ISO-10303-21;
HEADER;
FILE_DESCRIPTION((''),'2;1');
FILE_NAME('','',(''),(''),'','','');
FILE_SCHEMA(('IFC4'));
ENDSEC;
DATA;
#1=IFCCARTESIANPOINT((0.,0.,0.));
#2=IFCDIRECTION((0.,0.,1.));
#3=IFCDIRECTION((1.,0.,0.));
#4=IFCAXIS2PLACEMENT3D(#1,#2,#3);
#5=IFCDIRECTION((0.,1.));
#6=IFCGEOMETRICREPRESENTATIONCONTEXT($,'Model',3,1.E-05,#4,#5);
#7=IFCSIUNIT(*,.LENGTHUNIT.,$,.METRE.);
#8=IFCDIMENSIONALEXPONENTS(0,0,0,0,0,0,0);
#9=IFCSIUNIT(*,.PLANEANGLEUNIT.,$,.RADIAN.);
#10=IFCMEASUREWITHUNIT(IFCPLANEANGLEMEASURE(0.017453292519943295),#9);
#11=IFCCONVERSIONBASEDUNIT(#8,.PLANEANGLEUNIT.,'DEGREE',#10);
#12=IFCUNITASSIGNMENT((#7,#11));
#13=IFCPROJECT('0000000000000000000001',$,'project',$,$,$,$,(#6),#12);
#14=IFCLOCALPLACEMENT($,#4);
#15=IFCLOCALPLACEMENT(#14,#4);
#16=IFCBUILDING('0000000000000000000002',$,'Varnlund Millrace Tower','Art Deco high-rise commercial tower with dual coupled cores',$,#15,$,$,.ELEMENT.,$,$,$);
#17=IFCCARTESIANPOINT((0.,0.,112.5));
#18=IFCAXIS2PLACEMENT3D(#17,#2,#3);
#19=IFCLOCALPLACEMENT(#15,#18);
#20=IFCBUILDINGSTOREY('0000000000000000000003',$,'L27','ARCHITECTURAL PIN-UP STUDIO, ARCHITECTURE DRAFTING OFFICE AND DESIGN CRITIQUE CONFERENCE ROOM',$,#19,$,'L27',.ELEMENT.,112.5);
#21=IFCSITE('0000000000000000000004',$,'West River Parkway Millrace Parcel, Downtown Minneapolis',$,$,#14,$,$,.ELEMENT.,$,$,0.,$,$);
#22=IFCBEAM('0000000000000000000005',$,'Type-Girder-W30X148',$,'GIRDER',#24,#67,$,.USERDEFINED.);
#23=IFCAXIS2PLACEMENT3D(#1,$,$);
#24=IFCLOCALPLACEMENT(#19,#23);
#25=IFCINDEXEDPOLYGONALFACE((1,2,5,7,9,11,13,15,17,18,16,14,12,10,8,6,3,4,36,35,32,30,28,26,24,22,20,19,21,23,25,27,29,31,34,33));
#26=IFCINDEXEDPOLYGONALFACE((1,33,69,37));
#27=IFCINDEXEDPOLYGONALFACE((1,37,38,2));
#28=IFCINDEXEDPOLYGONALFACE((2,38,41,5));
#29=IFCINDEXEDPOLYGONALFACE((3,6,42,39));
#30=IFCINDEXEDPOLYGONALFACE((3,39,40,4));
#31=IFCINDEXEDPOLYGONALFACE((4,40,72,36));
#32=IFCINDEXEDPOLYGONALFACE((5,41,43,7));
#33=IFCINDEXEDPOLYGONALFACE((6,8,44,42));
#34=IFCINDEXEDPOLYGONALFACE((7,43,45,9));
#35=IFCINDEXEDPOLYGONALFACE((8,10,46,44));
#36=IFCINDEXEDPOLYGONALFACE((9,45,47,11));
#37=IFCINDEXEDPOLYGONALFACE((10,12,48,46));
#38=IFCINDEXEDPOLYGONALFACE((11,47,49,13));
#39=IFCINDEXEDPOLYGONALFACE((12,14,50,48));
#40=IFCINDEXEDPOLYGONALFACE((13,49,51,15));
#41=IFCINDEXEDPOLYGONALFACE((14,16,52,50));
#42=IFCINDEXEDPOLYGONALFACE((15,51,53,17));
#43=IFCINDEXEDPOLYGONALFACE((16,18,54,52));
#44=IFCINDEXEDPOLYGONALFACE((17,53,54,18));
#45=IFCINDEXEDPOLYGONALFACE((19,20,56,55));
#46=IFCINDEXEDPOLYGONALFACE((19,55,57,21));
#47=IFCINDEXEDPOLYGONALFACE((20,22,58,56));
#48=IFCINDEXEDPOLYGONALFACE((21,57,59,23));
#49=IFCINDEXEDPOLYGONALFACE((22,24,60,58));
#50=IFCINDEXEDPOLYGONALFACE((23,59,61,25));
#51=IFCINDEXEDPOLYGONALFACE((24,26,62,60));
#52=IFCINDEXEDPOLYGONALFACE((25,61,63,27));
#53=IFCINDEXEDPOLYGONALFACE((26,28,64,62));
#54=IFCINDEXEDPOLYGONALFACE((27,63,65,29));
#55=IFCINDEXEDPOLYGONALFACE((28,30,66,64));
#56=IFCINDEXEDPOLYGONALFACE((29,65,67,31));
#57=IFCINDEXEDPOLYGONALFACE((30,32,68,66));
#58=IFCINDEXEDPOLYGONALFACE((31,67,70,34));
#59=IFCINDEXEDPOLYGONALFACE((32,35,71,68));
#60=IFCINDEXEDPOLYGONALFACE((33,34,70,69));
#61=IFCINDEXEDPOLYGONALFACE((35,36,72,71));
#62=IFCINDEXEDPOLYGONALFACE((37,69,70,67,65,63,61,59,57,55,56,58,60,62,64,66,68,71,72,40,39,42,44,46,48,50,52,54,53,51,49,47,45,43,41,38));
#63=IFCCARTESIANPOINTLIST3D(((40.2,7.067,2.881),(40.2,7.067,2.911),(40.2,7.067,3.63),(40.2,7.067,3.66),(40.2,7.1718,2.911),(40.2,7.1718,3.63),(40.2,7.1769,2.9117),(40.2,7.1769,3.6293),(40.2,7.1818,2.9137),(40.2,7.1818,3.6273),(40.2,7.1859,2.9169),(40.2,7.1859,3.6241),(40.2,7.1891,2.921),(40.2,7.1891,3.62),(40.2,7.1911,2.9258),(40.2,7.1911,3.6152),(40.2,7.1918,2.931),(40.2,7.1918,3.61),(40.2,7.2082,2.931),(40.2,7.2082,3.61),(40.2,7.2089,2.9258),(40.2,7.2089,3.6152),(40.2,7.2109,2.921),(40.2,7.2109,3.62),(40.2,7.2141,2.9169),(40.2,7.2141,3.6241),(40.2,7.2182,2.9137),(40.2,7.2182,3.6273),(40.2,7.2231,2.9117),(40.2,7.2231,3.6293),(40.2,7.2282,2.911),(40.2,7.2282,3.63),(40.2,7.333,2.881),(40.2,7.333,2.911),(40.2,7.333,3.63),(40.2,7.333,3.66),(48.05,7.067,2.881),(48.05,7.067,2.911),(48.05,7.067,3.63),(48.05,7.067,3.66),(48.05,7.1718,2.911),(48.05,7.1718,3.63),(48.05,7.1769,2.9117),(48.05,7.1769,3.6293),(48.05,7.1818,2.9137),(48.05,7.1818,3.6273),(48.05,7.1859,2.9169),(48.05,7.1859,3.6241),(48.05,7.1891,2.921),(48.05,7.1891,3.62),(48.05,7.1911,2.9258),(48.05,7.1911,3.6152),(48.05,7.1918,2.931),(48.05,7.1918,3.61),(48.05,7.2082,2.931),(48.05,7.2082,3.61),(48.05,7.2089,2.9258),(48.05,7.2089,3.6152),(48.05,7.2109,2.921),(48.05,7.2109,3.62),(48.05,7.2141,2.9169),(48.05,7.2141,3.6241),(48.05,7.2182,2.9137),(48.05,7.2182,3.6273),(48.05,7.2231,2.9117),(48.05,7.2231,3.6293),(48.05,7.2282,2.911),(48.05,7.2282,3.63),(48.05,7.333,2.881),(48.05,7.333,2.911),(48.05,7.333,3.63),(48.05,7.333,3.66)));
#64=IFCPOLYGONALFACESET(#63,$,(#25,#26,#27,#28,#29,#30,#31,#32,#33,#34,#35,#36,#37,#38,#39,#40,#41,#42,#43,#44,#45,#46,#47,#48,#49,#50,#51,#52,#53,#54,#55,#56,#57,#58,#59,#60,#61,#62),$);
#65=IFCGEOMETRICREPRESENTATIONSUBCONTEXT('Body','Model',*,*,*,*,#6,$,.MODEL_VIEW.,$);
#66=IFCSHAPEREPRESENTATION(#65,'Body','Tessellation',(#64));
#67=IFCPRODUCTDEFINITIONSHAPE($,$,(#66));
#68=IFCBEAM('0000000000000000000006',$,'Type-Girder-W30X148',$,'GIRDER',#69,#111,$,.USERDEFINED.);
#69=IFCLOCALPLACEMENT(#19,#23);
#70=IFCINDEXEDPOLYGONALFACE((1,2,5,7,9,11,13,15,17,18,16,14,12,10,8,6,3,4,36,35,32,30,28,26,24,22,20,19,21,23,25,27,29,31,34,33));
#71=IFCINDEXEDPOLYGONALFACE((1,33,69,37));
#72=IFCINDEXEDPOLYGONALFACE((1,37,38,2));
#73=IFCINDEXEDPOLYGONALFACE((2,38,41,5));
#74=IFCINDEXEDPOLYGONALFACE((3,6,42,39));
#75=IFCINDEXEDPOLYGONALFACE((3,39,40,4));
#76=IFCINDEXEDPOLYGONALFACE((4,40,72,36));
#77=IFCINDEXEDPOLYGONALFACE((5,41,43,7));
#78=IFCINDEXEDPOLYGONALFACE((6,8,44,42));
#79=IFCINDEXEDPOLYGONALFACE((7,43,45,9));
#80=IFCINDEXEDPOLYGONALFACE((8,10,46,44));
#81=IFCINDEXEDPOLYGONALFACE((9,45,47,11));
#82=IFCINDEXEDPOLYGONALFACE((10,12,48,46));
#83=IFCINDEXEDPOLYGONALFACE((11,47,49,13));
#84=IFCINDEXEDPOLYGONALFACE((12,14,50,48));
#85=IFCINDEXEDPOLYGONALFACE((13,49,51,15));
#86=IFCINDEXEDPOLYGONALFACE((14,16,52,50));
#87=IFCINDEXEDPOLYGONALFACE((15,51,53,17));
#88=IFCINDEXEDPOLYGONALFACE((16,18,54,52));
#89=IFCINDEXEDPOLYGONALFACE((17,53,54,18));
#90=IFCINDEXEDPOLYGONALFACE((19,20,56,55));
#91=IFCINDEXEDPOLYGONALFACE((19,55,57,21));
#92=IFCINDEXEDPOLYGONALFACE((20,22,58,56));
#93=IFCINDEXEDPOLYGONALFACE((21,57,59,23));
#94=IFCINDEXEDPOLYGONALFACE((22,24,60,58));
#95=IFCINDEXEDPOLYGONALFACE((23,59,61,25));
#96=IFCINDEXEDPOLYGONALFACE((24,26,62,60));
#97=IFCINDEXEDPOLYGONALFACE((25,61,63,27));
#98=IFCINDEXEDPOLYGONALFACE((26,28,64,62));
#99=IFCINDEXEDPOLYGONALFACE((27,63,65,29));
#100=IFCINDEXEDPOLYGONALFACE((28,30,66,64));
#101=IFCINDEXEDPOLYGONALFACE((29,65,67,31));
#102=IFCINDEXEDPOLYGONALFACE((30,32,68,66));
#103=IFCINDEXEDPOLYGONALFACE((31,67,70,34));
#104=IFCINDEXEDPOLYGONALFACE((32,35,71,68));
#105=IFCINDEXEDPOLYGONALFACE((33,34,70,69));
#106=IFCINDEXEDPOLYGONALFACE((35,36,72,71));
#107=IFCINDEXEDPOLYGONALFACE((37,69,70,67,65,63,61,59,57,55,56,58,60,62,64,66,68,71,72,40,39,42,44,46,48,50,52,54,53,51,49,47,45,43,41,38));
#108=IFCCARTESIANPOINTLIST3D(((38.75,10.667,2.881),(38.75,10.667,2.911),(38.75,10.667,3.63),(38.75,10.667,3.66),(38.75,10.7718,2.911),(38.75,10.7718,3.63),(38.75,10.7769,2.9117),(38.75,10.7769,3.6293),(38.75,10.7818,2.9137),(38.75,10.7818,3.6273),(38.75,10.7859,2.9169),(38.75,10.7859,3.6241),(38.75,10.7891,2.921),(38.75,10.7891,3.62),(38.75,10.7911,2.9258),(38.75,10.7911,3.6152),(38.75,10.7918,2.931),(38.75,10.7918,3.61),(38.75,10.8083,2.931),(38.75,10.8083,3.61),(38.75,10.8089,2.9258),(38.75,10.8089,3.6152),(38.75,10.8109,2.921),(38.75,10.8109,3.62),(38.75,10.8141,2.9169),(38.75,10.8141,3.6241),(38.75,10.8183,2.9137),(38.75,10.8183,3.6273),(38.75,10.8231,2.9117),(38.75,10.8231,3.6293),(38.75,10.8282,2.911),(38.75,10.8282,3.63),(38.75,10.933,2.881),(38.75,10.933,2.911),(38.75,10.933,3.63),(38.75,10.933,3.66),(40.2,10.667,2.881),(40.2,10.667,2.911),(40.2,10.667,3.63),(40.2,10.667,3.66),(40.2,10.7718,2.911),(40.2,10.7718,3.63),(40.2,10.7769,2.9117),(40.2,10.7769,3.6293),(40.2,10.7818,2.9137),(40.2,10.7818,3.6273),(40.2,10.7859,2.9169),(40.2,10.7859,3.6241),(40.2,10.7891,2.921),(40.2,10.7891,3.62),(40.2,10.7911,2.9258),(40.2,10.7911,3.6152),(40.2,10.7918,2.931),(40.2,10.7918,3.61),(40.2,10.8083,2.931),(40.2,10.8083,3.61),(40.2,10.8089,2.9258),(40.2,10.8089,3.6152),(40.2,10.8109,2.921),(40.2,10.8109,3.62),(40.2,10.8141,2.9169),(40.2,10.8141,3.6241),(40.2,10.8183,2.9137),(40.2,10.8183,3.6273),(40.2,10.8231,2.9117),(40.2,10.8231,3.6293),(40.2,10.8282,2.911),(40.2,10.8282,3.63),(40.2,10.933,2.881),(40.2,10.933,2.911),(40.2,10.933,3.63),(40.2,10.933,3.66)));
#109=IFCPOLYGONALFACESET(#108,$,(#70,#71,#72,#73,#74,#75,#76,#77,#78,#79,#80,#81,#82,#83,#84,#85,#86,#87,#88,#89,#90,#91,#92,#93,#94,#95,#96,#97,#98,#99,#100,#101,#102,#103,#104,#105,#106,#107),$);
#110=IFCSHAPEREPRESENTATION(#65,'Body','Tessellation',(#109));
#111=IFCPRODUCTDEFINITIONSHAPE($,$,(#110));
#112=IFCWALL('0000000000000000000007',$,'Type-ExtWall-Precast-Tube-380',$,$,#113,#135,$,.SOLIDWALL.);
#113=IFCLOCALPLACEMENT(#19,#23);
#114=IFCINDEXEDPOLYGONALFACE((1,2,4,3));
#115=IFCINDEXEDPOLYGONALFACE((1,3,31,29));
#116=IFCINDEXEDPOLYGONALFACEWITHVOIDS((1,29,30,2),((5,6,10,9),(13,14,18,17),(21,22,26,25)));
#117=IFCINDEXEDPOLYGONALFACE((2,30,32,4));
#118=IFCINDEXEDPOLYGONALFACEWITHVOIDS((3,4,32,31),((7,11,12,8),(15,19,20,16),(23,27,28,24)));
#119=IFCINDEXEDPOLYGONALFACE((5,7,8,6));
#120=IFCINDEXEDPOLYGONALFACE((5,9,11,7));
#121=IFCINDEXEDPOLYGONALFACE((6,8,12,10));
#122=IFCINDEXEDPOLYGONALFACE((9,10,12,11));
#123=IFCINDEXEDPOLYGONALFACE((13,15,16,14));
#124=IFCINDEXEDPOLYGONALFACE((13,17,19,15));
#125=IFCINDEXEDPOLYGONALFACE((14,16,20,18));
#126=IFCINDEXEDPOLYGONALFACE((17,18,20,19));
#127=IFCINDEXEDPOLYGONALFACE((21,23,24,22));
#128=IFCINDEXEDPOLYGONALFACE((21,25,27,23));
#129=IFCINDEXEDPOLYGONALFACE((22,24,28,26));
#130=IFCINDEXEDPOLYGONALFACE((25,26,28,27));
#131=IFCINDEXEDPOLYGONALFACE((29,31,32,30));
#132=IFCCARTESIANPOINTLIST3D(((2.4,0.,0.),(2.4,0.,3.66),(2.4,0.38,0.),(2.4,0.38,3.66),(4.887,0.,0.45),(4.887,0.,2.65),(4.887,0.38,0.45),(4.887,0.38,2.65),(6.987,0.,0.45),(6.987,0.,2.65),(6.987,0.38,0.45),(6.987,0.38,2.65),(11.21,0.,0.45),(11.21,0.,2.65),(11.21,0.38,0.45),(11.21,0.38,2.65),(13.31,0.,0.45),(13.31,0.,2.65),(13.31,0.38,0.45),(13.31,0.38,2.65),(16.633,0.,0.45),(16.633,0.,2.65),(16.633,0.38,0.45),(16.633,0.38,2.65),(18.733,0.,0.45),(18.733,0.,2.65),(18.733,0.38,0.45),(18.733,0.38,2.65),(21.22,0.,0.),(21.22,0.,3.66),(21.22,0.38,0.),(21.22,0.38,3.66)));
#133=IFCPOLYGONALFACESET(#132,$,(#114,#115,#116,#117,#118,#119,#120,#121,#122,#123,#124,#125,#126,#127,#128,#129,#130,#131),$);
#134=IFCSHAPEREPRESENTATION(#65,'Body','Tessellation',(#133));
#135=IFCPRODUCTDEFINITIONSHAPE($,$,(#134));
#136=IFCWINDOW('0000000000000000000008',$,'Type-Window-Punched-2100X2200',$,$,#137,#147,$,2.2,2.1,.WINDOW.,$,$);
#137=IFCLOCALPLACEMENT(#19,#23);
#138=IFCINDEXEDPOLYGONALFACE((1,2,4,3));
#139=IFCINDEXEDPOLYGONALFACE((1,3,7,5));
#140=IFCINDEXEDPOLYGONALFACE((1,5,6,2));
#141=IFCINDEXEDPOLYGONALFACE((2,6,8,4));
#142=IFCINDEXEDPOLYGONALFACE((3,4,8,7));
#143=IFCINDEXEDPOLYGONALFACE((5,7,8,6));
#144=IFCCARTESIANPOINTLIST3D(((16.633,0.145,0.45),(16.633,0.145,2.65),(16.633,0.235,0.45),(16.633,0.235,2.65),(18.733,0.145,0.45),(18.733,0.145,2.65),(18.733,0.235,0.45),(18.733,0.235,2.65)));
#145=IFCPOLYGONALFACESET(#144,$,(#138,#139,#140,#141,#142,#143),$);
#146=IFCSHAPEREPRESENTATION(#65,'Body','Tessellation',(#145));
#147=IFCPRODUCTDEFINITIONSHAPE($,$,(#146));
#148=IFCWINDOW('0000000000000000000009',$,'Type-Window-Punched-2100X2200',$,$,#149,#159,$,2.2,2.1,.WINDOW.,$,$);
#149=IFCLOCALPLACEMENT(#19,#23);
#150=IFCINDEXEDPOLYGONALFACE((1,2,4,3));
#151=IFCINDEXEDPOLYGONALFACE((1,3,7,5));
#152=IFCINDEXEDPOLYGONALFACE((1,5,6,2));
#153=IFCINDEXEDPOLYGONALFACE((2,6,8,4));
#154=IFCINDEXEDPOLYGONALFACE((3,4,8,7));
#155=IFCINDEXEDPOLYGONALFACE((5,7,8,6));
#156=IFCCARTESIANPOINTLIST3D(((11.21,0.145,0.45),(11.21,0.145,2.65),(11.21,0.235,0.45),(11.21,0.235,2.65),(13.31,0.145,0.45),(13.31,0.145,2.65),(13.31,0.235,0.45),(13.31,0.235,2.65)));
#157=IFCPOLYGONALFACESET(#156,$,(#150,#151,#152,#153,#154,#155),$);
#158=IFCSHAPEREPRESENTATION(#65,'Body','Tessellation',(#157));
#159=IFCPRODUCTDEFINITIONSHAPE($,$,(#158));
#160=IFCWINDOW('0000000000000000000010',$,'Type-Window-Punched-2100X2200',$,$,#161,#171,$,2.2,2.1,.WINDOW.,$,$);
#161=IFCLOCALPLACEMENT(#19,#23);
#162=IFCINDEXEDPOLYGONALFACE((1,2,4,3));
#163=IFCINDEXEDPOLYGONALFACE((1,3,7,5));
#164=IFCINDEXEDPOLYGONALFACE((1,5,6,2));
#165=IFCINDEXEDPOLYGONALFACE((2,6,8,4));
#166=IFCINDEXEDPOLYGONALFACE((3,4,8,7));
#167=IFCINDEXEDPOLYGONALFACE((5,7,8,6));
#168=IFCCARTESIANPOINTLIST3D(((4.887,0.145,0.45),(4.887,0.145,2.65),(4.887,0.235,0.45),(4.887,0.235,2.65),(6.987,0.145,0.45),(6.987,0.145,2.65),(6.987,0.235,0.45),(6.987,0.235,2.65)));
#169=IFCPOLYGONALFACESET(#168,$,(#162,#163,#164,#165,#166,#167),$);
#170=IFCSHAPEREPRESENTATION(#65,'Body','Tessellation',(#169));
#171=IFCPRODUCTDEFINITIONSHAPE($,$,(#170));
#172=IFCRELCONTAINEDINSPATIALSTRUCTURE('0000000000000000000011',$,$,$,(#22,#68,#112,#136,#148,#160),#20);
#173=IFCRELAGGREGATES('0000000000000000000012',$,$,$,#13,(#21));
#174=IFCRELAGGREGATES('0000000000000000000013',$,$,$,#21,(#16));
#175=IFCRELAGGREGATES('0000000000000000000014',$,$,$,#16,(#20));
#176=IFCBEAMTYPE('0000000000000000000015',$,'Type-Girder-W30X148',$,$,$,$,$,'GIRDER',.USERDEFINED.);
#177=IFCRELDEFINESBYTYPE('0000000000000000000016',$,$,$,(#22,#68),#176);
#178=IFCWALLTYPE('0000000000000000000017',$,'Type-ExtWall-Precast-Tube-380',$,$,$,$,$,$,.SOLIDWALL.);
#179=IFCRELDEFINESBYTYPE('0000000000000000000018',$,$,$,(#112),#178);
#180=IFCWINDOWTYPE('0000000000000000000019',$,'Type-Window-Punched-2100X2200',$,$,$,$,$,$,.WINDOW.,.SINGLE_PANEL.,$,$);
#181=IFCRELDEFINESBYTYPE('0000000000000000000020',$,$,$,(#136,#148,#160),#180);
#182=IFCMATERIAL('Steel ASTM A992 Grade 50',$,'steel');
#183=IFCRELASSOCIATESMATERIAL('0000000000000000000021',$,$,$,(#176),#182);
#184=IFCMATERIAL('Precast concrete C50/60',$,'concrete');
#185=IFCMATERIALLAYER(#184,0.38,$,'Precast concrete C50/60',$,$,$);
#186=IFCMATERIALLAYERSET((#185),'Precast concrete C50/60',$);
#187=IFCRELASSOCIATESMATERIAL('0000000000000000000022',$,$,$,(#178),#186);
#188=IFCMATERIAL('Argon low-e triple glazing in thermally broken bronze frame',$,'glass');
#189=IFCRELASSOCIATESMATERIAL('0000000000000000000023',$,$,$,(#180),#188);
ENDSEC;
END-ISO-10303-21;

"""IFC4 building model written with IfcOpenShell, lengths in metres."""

from ifc_helpers import new_model, entity, si_unit, converted_unit, direction, frame, origin_with_axes, origin_2d_with_axis, place, context, subcontext, project, spatial, polyline, rectangle, i_section, outline, extrude, material, layer, layer_set, material_profile, profile_set, type_object, element, fill, save


model = new_model("IFC4")

# Units and contexts
model_context = context("Model", 3, precision=1e-05, world=origin_with_axes(), true_north=direction((0.0, 1.0)))
body_context = subcontext(model_context, "Body", "Model", "MODEL_VIEW")
ifc_project = project(units=[si_unit("LENGTHUNIT", "METRE"), converted_unit("PLANEANGLEUNIT", "DEGREE", entity("IfcPlaneAngleMeasure", 0.017453292519943295), si_unit("PLANEANGLEUNIT", "RADIAN"), dimensions=[0, 0, 0, 0, 0, 0, 0])], contexts=[model_context])

# Site, building, storey
site_placement = place(None, origin_with_axes())
site = spatial("IfcSite", under=ifc_project, at=site_placement, Name="West River Parkway Millrace Parcel, Downtown Minneapolis", CompositionType="ELEMENT", RefElevation=0.0)
building_placement = place(site_placement, origin_with_axes())
building = spatial("IfcBuilding", under=site, at=building_placement, Name="Varnlund Millrace Tower", Description="Art Deco high-rise commercial tower with dual coupled cores", CompositionType="ELEMENT")
storey_placement = place(building_placement, frame((0.0, 0.0, 112.5), z_axis=(0.0, 0.0, 1.0), x_axis=(1.0, 0.0, 0.0)))
storey = spatial("IfcBuildingStorey", under=building, at=storey_placement, Name="L27", Description="ARCHITECTURAL PIN-UP STUDIO, ARCHITECTURE DRAFTING OFFICE AND DESIGN CRITIQUE CONFERENCE ROOM", LongName="L27", CompositionType="ELEMENT", Elevation=112.5)

# Beams
ifc_material_1 = material(Name="Steel ASTM A992 Grade 50", Category="steel")
ifc_material_profile_1 = material_profile(ifc_material_1, i_section(OverallWidth=0.266, OverallDepth=0.779, WebThickness=0.0165, FlangeThickness=0.03, FilletRadius=0.02, at=origin_2d_with_axis()), Name="Steel ASTM A992 Grade 50")
ifc_profile_set_1 = profile_set([ifc_material_profile_1], Name="Steel ASTM A992 Grade 50")
beam_type_1 = type_object("IfcBeamType", Name="Type-Girder-W30X148", ElementType="GIRDER", PredefinedType="USERDEFINED", material=ifc_profile_set_1)
beam_1_placement = place(storey_placement, frame((40.2, 7.2, 3.2705), z_axis=(1.0, 0.0, 0.0), x_axis=(0.0, 1.0, 0.0)))
element("IfcBeam", 1, at=beam_1_placement, inside=storey, type_object=beam_type_1, Name="Type-Girder-W30X148", ObjectType="GIRDER", PredefinedType="USERDEFINED", context=body_context, shape_type="SweptSolid", body=[
    extrude(i_section(OverallWidth=0.266, OverallDepth=0.779, WebThickness=0.0165, FlangeThickness=0.03, FilletRadius=0.02, at=origin_2d_with_axis()), origin_with_axes(), (0.0, 0.0, 1.0), 7.85),
])
beam_2_placement = place(storey_placement, frame((38.75, 10.8, 3.2705), z_axis=(1.0, 0.0, 0.0), x_axis=(0.0, 1.0, 0.0)))
element("IfcBeam", 2, at=beam_2_placement, inside=storey, type_object=beam_type_1, Name="Type-Girder-W30X148", ObjectType="GIRDER", PredefinedType="USERDEFINED", context=body_context, shape_type="SweptSolid", body=[
    extrude(i_section(OverallWidth=0.266, OverallDepth=0.779, WebThickness=0.0165, FlangeThickness=0.03, FilletRadius=0.02, at=origin_2d_with_axis()), origin_with_axes(), (0.0, 0.0, 1.0), 1.45),
])

# Wall, openings, windows
ifc_material_2 = material(Name="Precast concrete C50/60", Category="concrete")
ifc_layer_1 = layer(ifc_material_2, 0.38, Name="Precast concrete C50/60")
ifc_layer_set_1 = layer_set([ifc_layer_1], Name="Precast concrete C50/60")
wall_type_1 = type_object("IfcWallType", Name="Type-ExtWall-Precast-Tube-380", PredefinedType="SOLIDWALL", material=ifc_layer_set_1)
wall_1_placement = place(storey_placement, frame((21.22, 0.19, 0.0), z_axis=(0.0, 0.0, 1.0), x_axis=(-1.0, 0.0, 0.0)))
wall_1 = element("IfcWall", 3, at=wall_1_placement, inside=storey, type_object=wall_type_1, Name="Type-ExtWall-Precast-Tube-380", PredefinedType="SOLIDWALL", context=body_context, shape_type="SweptSolid", body=[
    extrude(outline(polyline([(0.0, -0.19), (18.82, -0.19), (18.82, 0.19), (0.0, 0.19), (0.0, -0.19)])), origin_with_axes(), (0.0, 0.0, 1.0), 3.66),
])
opening_1_placement = place(wall_1_placement, frame((3.537, 0.0, 0.45), z_axis=(0.0, 0.0, 1.0), x_axis=(1.0, 0.0, 0.0)))
opening_1 = element("IfcOpeningElement", 4, at=opening_1_placement, cuts=wall_1, PredefinedType="OPENING", context=body_context, shape_type="SweptSolid", body=[
    extrude(rectangle(XDim=2.1, YDim=0.4, at=origin_2d_with_axis()), origin_with_axes(), (0.0, 0.0, 1.0), 2.2),
])
opening_2_placement = place(wall_1_placement, frame((8.96, 0.0, 0.45), z_axis=(0.0, 0.0, 1.0), x_axis=(1.0, 0.0, 0.0)))
opening_2 = element("IfcOpeningElement", 5, at=opening_2_placement, cuts=wall_1, PredefinedType="OPENING", context=body_context, shape_type="SweptSolid", body=[
    extrude(rectangle(XDim=2.1, YDim=0.4, at=origin_2d_with_axis()), origin_with_axes(), (0.0, 0.0, 1.0), 2.2),
])
opening_3_placement = place(wall_1_placement, frame((15.283, 0.0, 0.45), z_axis=(0.0, 0.0, 1.0), x_axis=(1.0, 0.0, 0.0)))
opening_3 = element("IfcOpeningElement", 6, at=opening_3_placement, cuts=wall_1, PredefinedType="OPENING", context=body_context, shape_type="SweptSolid", body=[
    extrude(rectangle(XDim=2.1, YDim=0.4, at=origin_2d_with_axis()), origin_with_axes(), (0.0, 0.0, 1.0), 2.2),
])
ifc_material_3 = material(Name="Argon low-e triple glazing in thermally broken bronze frame", Category="glass")
window_type = type_object("IfcWindowType", Name="Type-Window-Punched-2100X2200", PartitioningType="SINGLE_PANEL", PredefinedType="WINDOW", material=ifc_material_3)
window_1_placement = place(wall_1_placement, frame((3.537, 0.0, 0.45), z_axis=(0.0, 0.0, 1.0), x_axis=(1.0, 0.0, 0.0)))
window_1 = element("IfcWindow", 7, at=window_1_placement, inside=storey, type_object=window_type, Name="Type-Window-Punched-2100X2200", OverallHeight=2.2, OverallWidth=2.1, PredefinedType="WINDOW", context=body_context, shape_type="SweptSolid", body=[
    extrude(rectangle(XDim=2.1, YDim=0.09, at=origin_2d_with_axis()), origin_with_axes(), (0.0, 0.0, 1.0), 2.2),
])
fill(opening_1, window_1)
window_2_placement = place(wall_1_placement, frame((8.96, 0.0, 0.45), z_axis=(0.0, 0.0, 1.0), x_axis=(1.0, 0.0, 0.0)))
window_2 = element("IfcWindow", 8, at=window_2_placement, inside=storey, type_object=window_type, Name="Type-Window-Punched-2100X2200", OverallHeight=2.2, OverallWidth=2.1, PredefinedType="WINDOW", context=body_context, shape_type="SweptSolid", body=[
    extrude(rectangle(XDim=2.1, YDim=0.09, at=origin_2d_with_axis()), origin_with_axes(), (0.0, 0.0, 1.0), 2.2),
])
fill(opening_2, window_2)
window_3_placement = place(wall_1_placement, frame((15.283, 0.0, 0.45), z_axis=(0.0, 0.0, 1.0), x_axis=(1.0, 0.0, 0.0)))
window_3 = element("IfcWindow", 9, at=window_3_placement, inside=storey, type_object=window_type, Name="Type-Window-Punched-2100X2200", OverallHeight=2.2, OverallWidth=2.1, PredefinedType="WINDOW", context=body_context, shape_type="SweptSolid", body=[
    extrude(rectangle(XDim=2.1, YDim=0.09, at=origin_2d_with_axis()), origin_with_axes(), (0.0, 0.0, 1.0), 2.2),
])
fill(opening_3, window_3)

save(model, "model.ifc")
